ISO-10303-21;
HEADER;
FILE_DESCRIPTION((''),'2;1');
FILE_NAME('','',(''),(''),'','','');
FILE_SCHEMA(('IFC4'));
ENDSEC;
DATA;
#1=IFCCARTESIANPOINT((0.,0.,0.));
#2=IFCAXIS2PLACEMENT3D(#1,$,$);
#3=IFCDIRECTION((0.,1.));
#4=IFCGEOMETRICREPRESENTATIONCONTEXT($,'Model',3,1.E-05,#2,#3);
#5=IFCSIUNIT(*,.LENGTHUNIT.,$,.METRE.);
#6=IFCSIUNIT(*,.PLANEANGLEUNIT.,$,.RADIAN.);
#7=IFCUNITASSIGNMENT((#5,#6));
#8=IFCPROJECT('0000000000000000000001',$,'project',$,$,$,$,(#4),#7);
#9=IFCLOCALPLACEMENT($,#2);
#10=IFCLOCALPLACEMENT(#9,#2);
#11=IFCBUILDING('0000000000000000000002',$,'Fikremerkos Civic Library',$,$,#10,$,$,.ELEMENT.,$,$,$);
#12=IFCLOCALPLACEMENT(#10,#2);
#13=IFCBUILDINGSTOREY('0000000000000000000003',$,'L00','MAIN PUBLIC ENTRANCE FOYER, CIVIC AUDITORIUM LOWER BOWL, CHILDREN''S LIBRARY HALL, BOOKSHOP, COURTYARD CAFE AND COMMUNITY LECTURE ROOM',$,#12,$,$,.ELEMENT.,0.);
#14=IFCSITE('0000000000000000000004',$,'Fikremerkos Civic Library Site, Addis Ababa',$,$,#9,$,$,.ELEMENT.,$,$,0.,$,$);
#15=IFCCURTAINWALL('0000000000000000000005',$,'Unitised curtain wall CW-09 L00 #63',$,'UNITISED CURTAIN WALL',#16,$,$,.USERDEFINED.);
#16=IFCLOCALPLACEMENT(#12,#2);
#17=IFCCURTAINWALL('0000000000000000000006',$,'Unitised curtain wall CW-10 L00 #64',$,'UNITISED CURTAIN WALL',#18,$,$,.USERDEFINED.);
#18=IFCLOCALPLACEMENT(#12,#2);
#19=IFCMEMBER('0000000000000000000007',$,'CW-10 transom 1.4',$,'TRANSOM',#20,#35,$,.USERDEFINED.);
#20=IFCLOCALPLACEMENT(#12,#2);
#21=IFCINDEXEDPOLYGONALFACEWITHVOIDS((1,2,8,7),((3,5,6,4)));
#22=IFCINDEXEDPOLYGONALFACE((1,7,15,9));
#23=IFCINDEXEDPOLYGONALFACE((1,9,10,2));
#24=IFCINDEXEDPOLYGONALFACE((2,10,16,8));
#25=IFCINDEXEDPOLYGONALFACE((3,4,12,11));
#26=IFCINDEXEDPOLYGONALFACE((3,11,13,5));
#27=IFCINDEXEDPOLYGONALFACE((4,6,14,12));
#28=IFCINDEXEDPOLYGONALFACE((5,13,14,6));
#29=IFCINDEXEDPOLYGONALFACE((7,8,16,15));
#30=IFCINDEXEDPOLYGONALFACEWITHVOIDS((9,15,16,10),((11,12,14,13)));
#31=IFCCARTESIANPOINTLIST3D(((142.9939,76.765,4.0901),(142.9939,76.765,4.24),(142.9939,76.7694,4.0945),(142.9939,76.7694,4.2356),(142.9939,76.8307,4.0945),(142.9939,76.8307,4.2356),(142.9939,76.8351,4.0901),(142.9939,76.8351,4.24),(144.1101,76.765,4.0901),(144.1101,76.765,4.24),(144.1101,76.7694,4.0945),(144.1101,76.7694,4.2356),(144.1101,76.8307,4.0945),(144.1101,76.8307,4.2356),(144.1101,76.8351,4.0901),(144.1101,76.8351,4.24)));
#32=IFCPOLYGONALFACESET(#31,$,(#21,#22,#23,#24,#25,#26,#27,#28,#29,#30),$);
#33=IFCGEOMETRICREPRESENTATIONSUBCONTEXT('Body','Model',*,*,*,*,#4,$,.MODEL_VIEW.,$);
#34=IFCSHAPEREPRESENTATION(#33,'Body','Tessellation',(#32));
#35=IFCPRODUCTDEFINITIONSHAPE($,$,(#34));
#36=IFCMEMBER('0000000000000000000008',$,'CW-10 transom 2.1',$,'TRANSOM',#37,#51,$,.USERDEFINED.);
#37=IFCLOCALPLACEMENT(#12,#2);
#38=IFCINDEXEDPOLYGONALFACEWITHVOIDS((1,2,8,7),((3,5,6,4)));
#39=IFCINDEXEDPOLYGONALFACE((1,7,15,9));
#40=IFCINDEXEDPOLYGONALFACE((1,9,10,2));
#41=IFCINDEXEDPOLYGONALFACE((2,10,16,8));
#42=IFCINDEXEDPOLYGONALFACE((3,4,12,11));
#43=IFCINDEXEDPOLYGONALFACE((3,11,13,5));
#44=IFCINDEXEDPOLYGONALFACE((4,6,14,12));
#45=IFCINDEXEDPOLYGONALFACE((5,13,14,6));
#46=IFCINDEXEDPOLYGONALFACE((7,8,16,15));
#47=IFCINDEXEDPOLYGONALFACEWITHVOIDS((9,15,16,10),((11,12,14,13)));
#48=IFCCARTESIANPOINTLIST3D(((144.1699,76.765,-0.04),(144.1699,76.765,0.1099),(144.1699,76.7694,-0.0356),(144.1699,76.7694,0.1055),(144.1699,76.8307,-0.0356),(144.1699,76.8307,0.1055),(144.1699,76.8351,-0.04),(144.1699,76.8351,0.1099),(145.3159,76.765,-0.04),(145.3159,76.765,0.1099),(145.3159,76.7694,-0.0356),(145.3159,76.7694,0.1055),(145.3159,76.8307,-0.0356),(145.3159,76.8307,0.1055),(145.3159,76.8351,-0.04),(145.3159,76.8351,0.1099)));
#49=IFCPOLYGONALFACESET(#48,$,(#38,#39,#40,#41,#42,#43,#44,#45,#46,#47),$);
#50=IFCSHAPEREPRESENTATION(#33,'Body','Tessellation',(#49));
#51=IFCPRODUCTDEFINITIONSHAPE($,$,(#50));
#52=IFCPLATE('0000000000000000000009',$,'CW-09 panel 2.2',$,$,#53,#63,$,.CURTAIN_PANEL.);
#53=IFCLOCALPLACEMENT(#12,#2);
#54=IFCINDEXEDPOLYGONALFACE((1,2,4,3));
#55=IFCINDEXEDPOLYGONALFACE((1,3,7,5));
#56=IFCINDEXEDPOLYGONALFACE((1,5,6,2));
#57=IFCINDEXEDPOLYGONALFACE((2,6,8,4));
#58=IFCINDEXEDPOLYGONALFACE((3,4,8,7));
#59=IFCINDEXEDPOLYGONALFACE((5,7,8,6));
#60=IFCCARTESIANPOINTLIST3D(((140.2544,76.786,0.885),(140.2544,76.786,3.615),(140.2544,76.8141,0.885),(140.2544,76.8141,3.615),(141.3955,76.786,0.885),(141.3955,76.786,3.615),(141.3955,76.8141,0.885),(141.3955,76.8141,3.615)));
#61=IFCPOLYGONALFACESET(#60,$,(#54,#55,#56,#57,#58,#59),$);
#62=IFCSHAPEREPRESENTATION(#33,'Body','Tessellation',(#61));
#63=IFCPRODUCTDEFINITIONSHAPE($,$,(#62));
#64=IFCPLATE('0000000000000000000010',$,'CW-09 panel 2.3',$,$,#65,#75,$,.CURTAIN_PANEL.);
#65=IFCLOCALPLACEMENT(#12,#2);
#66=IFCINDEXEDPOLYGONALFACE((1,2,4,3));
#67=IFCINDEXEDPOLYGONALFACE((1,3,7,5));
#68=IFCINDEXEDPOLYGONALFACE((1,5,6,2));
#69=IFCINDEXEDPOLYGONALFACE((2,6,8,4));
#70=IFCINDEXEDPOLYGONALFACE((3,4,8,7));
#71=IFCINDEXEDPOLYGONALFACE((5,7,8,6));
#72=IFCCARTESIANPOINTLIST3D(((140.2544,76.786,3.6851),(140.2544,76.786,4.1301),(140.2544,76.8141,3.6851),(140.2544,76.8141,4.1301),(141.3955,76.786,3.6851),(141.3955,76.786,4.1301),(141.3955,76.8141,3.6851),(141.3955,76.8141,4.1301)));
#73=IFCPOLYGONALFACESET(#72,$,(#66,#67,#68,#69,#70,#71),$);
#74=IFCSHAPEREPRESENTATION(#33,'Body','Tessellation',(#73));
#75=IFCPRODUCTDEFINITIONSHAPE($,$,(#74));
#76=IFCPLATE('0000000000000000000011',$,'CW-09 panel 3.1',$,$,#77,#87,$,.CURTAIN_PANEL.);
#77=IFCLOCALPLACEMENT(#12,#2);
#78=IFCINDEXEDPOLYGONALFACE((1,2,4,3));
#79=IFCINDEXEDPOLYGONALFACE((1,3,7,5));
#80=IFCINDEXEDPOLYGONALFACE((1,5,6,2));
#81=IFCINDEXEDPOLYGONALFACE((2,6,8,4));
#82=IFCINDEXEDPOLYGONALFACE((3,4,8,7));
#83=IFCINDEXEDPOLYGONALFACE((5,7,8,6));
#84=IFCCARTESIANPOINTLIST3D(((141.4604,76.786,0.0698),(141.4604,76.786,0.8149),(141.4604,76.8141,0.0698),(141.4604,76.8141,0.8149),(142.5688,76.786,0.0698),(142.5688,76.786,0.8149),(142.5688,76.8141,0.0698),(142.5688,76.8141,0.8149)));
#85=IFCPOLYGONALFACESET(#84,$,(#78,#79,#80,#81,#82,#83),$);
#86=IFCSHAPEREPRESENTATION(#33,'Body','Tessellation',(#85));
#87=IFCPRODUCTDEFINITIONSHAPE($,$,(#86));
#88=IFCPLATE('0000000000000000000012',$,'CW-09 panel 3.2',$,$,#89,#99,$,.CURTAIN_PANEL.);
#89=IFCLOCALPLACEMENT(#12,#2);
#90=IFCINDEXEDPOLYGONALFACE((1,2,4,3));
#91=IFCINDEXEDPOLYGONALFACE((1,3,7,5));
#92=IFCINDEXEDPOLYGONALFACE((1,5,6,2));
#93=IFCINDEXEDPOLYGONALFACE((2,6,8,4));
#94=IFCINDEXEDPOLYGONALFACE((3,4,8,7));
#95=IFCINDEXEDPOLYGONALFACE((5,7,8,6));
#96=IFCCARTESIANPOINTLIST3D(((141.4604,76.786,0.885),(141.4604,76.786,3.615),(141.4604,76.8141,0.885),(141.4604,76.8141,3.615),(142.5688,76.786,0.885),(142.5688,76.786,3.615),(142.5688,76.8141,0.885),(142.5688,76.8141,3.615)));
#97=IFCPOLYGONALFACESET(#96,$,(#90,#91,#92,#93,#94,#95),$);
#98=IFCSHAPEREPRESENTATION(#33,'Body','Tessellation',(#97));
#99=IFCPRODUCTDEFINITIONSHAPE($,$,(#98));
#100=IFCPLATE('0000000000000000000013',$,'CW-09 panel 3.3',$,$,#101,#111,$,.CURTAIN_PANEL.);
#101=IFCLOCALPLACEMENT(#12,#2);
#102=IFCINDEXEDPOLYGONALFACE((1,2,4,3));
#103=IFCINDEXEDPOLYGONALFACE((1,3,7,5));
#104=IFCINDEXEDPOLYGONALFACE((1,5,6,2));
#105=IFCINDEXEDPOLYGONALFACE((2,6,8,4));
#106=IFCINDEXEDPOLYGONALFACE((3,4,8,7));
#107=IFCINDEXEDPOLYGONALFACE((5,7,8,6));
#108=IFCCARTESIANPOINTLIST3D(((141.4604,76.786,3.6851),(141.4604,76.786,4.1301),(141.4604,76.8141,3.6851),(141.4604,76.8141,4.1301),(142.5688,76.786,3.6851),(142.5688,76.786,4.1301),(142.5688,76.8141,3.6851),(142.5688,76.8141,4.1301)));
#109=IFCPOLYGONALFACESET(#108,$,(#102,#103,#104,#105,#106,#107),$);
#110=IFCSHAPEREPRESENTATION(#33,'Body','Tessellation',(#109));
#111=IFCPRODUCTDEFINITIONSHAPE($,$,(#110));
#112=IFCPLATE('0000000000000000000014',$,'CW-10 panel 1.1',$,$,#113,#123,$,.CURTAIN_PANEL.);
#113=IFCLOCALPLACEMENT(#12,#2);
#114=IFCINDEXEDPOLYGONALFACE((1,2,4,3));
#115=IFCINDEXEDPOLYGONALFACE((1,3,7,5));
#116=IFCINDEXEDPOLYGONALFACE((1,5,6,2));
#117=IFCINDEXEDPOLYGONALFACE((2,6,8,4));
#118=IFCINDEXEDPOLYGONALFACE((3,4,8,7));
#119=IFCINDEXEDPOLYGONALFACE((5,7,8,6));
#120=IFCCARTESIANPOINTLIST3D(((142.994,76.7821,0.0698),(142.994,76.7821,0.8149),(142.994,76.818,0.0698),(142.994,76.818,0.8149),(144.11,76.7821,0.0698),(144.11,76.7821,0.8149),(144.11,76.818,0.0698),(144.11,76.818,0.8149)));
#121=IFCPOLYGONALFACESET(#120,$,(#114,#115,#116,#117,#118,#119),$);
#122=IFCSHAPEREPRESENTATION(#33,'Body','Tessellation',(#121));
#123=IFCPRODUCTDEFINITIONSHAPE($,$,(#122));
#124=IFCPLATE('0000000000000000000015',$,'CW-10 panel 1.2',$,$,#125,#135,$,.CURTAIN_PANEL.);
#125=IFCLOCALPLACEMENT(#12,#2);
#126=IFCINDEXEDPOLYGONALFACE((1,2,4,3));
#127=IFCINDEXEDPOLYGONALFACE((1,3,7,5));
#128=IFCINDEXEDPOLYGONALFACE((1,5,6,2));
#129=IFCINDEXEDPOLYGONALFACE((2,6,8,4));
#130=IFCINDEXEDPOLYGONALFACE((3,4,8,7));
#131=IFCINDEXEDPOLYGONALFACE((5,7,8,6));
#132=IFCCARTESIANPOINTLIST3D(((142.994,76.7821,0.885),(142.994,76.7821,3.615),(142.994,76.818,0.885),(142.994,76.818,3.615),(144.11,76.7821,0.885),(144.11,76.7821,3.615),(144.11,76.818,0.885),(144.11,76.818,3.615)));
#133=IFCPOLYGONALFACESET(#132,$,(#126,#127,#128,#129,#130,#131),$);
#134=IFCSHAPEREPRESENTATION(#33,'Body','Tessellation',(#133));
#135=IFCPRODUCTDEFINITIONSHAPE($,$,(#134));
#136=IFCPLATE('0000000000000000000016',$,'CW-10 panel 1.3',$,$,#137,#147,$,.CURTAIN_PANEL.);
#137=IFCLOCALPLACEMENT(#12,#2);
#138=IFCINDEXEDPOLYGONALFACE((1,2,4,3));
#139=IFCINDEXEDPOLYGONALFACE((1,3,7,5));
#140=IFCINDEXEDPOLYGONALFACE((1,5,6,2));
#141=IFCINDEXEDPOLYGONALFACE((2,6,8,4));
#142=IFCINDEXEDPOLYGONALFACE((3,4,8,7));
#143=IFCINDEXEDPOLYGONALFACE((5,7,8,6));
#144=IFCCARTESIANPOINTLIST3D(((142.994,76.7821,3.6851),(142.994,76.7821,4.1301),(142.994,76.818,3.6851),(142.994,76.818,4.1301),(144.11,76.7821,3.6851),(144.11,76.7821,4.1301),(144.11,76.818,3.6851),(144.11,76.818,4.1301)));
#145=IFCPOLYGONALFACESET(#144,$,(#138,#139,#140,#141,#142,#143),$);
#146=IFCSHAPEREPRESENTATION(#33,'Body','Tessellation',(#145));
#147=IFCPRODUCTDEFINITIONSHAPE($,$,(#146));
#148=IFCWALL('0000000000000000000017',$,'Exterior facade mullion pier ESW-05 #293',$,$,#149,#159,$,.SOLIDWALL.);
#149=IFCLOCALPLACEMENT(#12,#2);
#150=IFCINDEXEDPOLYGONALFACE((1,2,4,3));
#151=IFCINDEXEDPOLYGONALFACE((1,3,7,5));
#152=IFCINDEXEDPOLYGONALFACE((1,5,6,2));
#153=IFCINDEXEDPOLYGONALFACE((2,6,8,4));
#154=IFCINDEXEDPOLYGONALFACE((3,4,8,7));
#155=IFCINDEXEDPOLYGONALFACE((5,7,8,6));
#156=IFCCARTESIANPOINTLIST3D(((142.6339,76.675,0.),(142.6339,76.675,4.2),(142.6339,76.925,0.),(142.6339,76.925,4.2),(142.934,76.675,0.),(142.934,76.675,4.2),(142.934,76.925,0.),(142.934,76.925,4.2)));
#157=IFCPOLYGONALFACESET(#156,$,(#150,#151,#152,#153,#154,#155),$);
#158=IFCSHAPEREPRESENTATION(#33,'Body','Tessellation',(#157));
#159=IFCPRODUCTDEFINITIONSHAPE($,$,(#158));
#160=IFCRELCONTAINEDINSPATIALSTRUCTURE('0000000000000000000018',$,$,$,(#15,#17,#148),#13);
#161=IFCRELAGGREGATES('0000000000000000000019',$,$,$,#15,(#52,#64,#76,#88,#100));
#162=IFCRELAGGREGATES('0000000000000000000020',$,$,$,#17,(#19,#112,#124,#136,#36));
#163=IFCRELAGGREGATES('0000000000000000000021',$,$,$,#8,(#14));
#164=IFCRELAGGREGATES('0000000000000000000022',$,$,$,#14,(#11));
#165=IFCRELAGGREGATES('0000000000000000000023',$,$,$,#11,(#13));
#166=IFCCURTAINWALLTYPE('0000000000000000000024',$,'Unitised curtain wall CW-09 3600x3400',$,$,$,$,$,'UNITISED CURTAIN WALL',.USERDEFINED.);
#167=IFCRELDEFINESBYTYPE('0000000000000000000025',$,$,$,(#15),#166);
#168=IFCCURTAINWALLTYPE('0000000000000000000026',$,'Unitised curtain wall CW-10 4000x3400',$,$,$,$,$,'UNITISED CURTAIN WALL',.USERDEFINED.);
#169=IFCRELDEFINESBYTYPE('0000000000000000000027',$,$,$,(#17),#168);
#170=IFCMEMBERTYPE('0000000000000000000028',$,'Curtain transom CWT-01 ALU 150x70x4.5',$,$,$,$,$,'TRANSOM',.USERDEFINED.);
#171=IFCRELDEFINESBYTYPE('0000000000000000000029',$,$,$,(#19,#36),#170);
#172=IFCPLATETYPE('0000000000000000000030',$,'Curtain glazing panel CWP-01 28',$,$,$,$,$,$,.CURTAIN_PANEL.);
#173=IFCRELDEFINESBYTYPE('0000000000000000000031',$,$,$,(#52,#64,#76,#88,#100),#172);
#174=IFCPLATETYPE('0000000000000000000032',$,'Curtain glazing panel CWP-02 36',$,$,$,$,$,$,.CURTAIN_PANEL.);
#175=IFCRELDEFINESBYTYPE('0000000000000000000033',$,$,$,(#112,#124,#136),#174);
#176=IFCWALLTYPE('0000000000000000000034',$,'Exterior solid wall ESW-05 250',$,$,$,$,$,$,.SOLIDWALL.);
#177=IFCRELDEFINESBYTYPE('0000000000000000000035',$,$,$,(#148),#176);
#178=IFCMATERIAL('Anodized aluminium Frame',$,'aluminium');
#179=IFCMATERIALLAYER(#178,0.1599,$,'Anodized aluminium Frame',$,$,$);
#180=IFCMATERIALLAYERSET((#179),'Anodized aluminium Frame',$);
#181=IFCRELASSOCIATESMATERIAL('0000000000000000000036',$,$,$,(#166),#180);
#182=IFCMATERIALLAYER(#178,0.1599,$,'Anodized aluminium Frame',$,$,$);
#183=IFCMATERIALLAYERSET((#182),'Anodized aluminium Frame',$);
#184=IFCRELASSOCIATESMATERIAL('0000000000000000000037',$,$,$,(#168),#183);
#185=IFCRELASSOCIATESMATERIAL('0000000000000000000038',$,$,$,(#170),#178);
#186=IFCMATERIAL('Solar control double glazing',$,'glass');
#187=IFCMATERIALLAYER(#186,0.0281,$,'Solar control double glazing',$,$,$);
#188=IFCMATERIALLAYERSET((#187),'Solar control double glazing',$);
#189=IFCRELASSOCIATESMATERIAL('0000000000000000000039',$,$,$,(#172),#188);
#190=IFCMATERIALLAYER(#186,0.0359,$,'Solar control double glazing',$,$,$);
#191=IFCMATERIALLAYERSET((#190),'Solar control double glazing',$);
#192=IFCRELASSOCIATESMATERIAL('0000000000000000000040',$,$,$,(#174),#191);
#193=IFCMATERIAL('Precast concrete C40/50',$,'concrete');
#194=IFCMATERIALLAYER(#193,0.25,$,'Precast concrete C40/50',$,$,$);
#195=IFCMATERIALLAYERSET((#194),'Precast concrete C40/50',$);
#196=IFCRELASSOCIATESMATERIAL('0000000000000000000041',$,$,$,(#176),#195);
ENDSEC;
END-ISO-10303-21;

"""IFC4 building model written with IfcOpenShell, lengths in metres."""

from ifc_helpers import new_model, si_unit, direction, frame, frame_2d, origin, origin_2d, place, context, subcontext, project, spatial, rectangle, hollow_rectangle, extrude, material, layer, layer_set, material_profile, profile_set, type_object, element, aggregate, save


model = new_model("IFC4")

# Units and contexts
model_context = context("Model", 3, precision=1e-05, world=origin(), true_north=direction((0.0, 1.0)))
body_context = subcontext(model_context, "Body", "Model", "MODEL_VIEW")
ifc_project = project(units=[si_unit("LENGTHUNIT", "METRE"), si_unit("PLANEANGLEUNIT", "RADIAN")], contexts=[model_context])

# Site, building, storey
site_placement = place(None, origin())
site = spatial("IfcSite", under=ifc_project, at=site_placement, Name="Fikremerkos Civic Library Site, Addis Ababa", CompositionType="ELEMENT", RefElevation=0.0)
building_placement = place(site_placement, origin())
building = spatial("IfcBuilding", under=site, at=building_placement, Name="Fikremerkos Civic Library", CompositionType="ELEMENT")
storey_placement = place(building_placement, origin())
storey = spatial("IfcBuildingStorey", under=building, at=storey_placement, Name="L00", Description="MAIN PUBLIC ENTRANCE FOYER, CIVIC AUDITORIUM LOWER BOWL, CHILDREN'S LIBRARY HALL, BOOKSHOP, COURTYARD CAFE AND COMMUNITY LECTURE ROOM", CompositionType="ELEMENT", Elevation=0.0)

# Curtain walls
ifc_material_1 = material(Name="Anodized aluminium Frame", Category="aluminium")
ifc_layer_1 = layer(ifc_material_1, 0.1599, Name="Anodized aluminium Frame")
ifc_layer_set_1 = layer_set([ifc_layer_1], Name="Anodized aluminium Frame")
curtain_wall_type_1 = type_object("IfcCurtainWallType", Name="Unitised curtain wall CW-09 3600x3400", ElementType="UNITISED CURTAIN WALL", PredefinedType="USERDEFINED", material=ifc_layer_set_1)
curtain_wall_1_placement = place(storey_placement, origin())
curtain_wall_1 = element("IfcCurtainWall", 1, at=curtain_wall_1_placement, inside=storey, type_object=curtain_wall_type_1, Name="Unitised curtain wall CW-09 L00 #63", ObjectType="UNITISED CURTAIN WALL", PredefinedType="USERDEFINED")
ifc_layer_2 = layer(ifc_material_1, 0.1599, Name="Anodized aluminium Frame")
ifc_layer_set_2 = layer_set([ifc_layer_2], Name="Anodized aluminium Frame")
curtain_wall_type_2 = type_object("IfcCurtainWallType", Name="Unitised curtain wall CW-10 4000x3400", ElementType="UNITISED CURTAIN WALL", PredefinedType="USERDEFINED", material=ifc_layer_set_2)
curtain_wall_2_placement = place(storey_placement, origin())
curtain_wall_2 = element("IfcCurtainWall", 2, at=curtain_wall_2_placement, inside=storey, type_object=curtain_wall_type_2, Name="Unitised curtain wall CW-10 L00 #64", ObjectType="UNITISED CURTAIN WALL", PredefinedType="USERDEFINED")

# Members
ifc_material_profile_1 = material_profile(ifc_material_1, hollow_rectangle(XDim=0.0701, YDim=0.1499, WallThickness=0.0044, at=origin_2d()), Name="ALU 150x70x4.5")
ifc_profile_set_1 = profile_set([ifc_material_profile_1], Name="Anodized aluminium Frame")
member_type_1 = type_object("IfcMemberType", Name="Curtain transom CWT-01 ALU 150x70x4.5", ElementType="TRANSOM", PredefinedType="USERDEFINED", material=ifc_profile_set_1)
member_1_placement = place(storey_placement, frame((142.9939, 76.8, 4.165), z_axis=(1.0, 0.0, 0.0), x_axis=(0.0, 1.0, 0.0)))
member_1 = element("IfcMember", 3, at=member_1_placement, type_object=member_type_1, Name="CW-10 transom 1.4", ObjectType="TRANSOM", PredefinedType="USERDEFINED", context=body_context, shape_type="SweptSolid", body=[
    extrude(hollow_rectangle(XDim=0.0701, YDim=0.1499, WallThickness=0.0044, at=origin_2d()), origin(), (0.0, 0.0, 1.0), 1.1162),
])
member_2_placement = place(storey_placement, frame((144.1699, 76.8, 0.0349), z_axis=(1.0, 0.0, 0.0), x_axis=(0.0, 1.0, 0.0)))
member_2 = element("IfcMember", 4, at=member_2_placement, type_object=member_type_1, Name="CW-10 transom 2.1", ObjectType="TRANSOM", PredefinedType="USERDEFINED", context=body_context, shape_type="SweptSolid", body=[
    extrude(hollow_rectangle(XDim=0.0701, YDim=0.1499, WallThickness=0.0044, at=origin_2d()), origin(), (0.0, 0.0, 1.0), 1.146),
])

# Plates
ifc_material_2 = material(Name="Solar control double glazing", Category="glass")
ifc_layer_3 = layer(ifc_material_2, 0.0281, Name="Solar control double glazing")
ifc_layer_set_3 = layer_set([ifc_layer_3], Name="Solar control double glazing")
plate_type_1 = type_object("IfcPlateType", Name="Curtain glazing panel CWP-01 28", PredefinedType="CURTAIN_PANEL", material=ifc_layer_set_3)
plate_1_placement = place(storey_placement, frame((140.825, 76.8, 0.885), z_axis=(0.0, 0.0, 1.0), x_axis=(1.0, 0.0, 0.0)))
plate_1 = element("IfcPlate", 5, at=plate_1_placement, type_object=plate_type_1, Name="CW-09 panel 2.2", PredefinedType="CURTAIN_PANEL", context=body_context, shape_type="SweptSolid", body=[
    extrude(rectangle(XDim=1.1411, YDim=0.0281, at=origin_2d()), origin(), (0.0, 0.0, 1.0), 2.73),
])
plate_2_placement = place(storey_placement, frame((140.825, 76.8, 3.6851), z_axis=(0.0, 0.0, 1.0), x_axis=(1.0, 0.0, 0.0)))
plate_2 = element("IfcPlate", 6, at=plate_2_placement, type_object=plate_type_1, Name="CW-09 panel 2.3", PredefinedType="CURTAIN_PANEL", context=body_context, shape_type="SweptSolid", body=[
    extrude(rectangle(XDim=1.1411, YDim=0.0281, at=origin_2d()), origin(), (0.0, 0.0, 1.0), 0.4451),
])
plate_3_placement = place(storey_placement, frame((142.0146, 76.8, 0.0698), z_axis=(0.0, 0.0, 1.0), x_axis=(1.0, 0.0, 0.0)))
plate_3 = element("IfcPlate", 7, at=plate_3_placement, type_object=plate_type_1, Name="CW-09 panel 3.1", PredefinedType="CURTAIN_PANEL", context=body_context, shape_type="SweptSolid", body=[
    extrude(rectangle(XDim=1.1084, YDim=0.0281, at=origin_2d()), origin(), (0.0, 0.0, 1.0), 0.7451),
])
plate_4_placement = place(storey_placement, frame((142.0146, 76.8, 0.885), z_axis=(0.0, 0.0, 1.0), x_axis=(1.0, 0.0, 0.0)))
plate_4 = element("IfcPlate", 8, at=plate_4_placement, type_object=plate_type_1, Name="CW-09 panel 3.2", PredefinedType="CURTAIN_PANEL", context=body_context, shape_type="SweptSolid", body=[
    extrude(rectangle(XDim=1.1084, YDim=0.0281, at=origin_2d()), origin(), (0.0, 0.0, 1.0), 2.73),
])
plate_5_placement = place(storey_placement, frame((142.0146, 76.8, 3.6851), z_axis=(0.0, 0.0, 1.0), x_axis=(1.0, 0.0, 0.0)))
plate_5 = element("IfcPlate", 9, at=plate_5_placement, type_object=plate_type_1, Name="CW-09 panel 3.3", PredefinedType="CURTAIN_PANEL", context=body_context, shape_type="SweptSolid", body=[
    extrude(rectangle(XDim=1.1084, YDim=0.0281, at=origin_2d()), origin(), (0.0, 0.0, 1.0), 0.4451),
])
aggregate(curtain_wall_1, [plate_1, plate_2, plate_3, plate_4, plate_5])
ifc_layer_4 = layer(ifc_material_2, 0.0359, Name="Solar control double glazing")
ifc_layer_set_4 = layer_set([ifc_layer_4], Name="Solar control double glazing")
plate_type_2 = type_object("IfcPlateType", Name="Curtain glazing panel CWP-02 36", PredefinedType="CURTAIN_PANEL", material=ifc_layer_set_4)
plate_6_placement = place(storey_placement, frame((143.552, 76.8, 0.0698), z_axis=(0.0, 0.0, 1.0), x_axis=(1.0, 0.0, 0.0)))
plate_6 = element("IfcPlate", 10, at=plate_6_placement, type_object=plate_type_2, Name="CW-10 panel 1.1", PredefinedType="CURTAIN_PANEL", context=body_context, shape_type="SweptSolid", body=[
    extrude(rectangle(XDim=1.116, YDim=0.0359, at=origin_2d()), origin(), (0.0, 0.0, 1.0), 0.7451),
])
plate_7_placement = place(storey_placement, frame((143.552, 76.8, 0.885), z_axis=(0.0, 0.0, 1.0), x_axis=(1.0, 0.0, 0.0)))
plate_7 = element("IfcPlate", 11, at=plate_7_placement, type_object=plate_type_2, Name="CW-10 panel 1.2", PredefinedType="CURTAIN_PANEL", context=body_context, shape_type="SweptSolid", body=[
    extrude(rectangle(XDim=1.116, YDim=0.0359, at=origin_2d()), origin(), (0.0, 0.0, 1.0), 2.73),
])
plate_8_placement = place(storey_placement, frame((143.552, 76.8, 3.6851), z_axis=(0.0, 0.0, 1.0), x_axis=(1.0, 0.0, 0.0)))
plate_8 = element("IfcPlate", 12, at=plate_8_placement, type_object=plate_type_2, Name="CW-10 panel 1.3", PredefinedType="CURTAIN_PANEL", context=body_context, shape_type="SweptSolid", body=[
    extrude(rectangle(XDim=1.116, YDim=0.0359, at=origin_2d()), origin(), (0.0, 0.0, 1.0), 0.4451),
])
aggregate(curtain_wall_2, [member_1, plate_6, plate_7, plate_8, member_2])

# Wall
ifc_material_3 = material(Name="Precast concrete C40/50", Category="concrete")
ifc_layer_5 = layer(ifc_material_3, 0.25, Name="Precast concrete C40/50")
ifc_layer_set_5 = layer_set([ifc_layer_5], Name="Precast concrete C40/50")
wall_type = type_object("IfcWallType", Name="Exterior solid wall ESW-05 250", PredefinedType="SOLIDWALL", material=ifc_layer_set_5)
wall_placement = place(storey_placement, frame((142.634, 76.8, 0.0), z_axis=(0.0, 0.0, 1.0), x_axis=(1.0, 0.0, 0.0)))
element("IfcWall", 13, at=wall_placement, inside=storey, type_object=wall_type, Name="Exterior facade mullion pier ESW-05 #293", PredefinedType="SOLIDWALL", context=body_context, shape_type="SweptSolid", body=[
    extrude(rectangle(XDim=0.3, YDim=0.25, at=frame_2d((0.1499, 0.0))), origin(), (0.0, 0.0, 1.0), 4.2),
])

save(model, "model.ifc")
